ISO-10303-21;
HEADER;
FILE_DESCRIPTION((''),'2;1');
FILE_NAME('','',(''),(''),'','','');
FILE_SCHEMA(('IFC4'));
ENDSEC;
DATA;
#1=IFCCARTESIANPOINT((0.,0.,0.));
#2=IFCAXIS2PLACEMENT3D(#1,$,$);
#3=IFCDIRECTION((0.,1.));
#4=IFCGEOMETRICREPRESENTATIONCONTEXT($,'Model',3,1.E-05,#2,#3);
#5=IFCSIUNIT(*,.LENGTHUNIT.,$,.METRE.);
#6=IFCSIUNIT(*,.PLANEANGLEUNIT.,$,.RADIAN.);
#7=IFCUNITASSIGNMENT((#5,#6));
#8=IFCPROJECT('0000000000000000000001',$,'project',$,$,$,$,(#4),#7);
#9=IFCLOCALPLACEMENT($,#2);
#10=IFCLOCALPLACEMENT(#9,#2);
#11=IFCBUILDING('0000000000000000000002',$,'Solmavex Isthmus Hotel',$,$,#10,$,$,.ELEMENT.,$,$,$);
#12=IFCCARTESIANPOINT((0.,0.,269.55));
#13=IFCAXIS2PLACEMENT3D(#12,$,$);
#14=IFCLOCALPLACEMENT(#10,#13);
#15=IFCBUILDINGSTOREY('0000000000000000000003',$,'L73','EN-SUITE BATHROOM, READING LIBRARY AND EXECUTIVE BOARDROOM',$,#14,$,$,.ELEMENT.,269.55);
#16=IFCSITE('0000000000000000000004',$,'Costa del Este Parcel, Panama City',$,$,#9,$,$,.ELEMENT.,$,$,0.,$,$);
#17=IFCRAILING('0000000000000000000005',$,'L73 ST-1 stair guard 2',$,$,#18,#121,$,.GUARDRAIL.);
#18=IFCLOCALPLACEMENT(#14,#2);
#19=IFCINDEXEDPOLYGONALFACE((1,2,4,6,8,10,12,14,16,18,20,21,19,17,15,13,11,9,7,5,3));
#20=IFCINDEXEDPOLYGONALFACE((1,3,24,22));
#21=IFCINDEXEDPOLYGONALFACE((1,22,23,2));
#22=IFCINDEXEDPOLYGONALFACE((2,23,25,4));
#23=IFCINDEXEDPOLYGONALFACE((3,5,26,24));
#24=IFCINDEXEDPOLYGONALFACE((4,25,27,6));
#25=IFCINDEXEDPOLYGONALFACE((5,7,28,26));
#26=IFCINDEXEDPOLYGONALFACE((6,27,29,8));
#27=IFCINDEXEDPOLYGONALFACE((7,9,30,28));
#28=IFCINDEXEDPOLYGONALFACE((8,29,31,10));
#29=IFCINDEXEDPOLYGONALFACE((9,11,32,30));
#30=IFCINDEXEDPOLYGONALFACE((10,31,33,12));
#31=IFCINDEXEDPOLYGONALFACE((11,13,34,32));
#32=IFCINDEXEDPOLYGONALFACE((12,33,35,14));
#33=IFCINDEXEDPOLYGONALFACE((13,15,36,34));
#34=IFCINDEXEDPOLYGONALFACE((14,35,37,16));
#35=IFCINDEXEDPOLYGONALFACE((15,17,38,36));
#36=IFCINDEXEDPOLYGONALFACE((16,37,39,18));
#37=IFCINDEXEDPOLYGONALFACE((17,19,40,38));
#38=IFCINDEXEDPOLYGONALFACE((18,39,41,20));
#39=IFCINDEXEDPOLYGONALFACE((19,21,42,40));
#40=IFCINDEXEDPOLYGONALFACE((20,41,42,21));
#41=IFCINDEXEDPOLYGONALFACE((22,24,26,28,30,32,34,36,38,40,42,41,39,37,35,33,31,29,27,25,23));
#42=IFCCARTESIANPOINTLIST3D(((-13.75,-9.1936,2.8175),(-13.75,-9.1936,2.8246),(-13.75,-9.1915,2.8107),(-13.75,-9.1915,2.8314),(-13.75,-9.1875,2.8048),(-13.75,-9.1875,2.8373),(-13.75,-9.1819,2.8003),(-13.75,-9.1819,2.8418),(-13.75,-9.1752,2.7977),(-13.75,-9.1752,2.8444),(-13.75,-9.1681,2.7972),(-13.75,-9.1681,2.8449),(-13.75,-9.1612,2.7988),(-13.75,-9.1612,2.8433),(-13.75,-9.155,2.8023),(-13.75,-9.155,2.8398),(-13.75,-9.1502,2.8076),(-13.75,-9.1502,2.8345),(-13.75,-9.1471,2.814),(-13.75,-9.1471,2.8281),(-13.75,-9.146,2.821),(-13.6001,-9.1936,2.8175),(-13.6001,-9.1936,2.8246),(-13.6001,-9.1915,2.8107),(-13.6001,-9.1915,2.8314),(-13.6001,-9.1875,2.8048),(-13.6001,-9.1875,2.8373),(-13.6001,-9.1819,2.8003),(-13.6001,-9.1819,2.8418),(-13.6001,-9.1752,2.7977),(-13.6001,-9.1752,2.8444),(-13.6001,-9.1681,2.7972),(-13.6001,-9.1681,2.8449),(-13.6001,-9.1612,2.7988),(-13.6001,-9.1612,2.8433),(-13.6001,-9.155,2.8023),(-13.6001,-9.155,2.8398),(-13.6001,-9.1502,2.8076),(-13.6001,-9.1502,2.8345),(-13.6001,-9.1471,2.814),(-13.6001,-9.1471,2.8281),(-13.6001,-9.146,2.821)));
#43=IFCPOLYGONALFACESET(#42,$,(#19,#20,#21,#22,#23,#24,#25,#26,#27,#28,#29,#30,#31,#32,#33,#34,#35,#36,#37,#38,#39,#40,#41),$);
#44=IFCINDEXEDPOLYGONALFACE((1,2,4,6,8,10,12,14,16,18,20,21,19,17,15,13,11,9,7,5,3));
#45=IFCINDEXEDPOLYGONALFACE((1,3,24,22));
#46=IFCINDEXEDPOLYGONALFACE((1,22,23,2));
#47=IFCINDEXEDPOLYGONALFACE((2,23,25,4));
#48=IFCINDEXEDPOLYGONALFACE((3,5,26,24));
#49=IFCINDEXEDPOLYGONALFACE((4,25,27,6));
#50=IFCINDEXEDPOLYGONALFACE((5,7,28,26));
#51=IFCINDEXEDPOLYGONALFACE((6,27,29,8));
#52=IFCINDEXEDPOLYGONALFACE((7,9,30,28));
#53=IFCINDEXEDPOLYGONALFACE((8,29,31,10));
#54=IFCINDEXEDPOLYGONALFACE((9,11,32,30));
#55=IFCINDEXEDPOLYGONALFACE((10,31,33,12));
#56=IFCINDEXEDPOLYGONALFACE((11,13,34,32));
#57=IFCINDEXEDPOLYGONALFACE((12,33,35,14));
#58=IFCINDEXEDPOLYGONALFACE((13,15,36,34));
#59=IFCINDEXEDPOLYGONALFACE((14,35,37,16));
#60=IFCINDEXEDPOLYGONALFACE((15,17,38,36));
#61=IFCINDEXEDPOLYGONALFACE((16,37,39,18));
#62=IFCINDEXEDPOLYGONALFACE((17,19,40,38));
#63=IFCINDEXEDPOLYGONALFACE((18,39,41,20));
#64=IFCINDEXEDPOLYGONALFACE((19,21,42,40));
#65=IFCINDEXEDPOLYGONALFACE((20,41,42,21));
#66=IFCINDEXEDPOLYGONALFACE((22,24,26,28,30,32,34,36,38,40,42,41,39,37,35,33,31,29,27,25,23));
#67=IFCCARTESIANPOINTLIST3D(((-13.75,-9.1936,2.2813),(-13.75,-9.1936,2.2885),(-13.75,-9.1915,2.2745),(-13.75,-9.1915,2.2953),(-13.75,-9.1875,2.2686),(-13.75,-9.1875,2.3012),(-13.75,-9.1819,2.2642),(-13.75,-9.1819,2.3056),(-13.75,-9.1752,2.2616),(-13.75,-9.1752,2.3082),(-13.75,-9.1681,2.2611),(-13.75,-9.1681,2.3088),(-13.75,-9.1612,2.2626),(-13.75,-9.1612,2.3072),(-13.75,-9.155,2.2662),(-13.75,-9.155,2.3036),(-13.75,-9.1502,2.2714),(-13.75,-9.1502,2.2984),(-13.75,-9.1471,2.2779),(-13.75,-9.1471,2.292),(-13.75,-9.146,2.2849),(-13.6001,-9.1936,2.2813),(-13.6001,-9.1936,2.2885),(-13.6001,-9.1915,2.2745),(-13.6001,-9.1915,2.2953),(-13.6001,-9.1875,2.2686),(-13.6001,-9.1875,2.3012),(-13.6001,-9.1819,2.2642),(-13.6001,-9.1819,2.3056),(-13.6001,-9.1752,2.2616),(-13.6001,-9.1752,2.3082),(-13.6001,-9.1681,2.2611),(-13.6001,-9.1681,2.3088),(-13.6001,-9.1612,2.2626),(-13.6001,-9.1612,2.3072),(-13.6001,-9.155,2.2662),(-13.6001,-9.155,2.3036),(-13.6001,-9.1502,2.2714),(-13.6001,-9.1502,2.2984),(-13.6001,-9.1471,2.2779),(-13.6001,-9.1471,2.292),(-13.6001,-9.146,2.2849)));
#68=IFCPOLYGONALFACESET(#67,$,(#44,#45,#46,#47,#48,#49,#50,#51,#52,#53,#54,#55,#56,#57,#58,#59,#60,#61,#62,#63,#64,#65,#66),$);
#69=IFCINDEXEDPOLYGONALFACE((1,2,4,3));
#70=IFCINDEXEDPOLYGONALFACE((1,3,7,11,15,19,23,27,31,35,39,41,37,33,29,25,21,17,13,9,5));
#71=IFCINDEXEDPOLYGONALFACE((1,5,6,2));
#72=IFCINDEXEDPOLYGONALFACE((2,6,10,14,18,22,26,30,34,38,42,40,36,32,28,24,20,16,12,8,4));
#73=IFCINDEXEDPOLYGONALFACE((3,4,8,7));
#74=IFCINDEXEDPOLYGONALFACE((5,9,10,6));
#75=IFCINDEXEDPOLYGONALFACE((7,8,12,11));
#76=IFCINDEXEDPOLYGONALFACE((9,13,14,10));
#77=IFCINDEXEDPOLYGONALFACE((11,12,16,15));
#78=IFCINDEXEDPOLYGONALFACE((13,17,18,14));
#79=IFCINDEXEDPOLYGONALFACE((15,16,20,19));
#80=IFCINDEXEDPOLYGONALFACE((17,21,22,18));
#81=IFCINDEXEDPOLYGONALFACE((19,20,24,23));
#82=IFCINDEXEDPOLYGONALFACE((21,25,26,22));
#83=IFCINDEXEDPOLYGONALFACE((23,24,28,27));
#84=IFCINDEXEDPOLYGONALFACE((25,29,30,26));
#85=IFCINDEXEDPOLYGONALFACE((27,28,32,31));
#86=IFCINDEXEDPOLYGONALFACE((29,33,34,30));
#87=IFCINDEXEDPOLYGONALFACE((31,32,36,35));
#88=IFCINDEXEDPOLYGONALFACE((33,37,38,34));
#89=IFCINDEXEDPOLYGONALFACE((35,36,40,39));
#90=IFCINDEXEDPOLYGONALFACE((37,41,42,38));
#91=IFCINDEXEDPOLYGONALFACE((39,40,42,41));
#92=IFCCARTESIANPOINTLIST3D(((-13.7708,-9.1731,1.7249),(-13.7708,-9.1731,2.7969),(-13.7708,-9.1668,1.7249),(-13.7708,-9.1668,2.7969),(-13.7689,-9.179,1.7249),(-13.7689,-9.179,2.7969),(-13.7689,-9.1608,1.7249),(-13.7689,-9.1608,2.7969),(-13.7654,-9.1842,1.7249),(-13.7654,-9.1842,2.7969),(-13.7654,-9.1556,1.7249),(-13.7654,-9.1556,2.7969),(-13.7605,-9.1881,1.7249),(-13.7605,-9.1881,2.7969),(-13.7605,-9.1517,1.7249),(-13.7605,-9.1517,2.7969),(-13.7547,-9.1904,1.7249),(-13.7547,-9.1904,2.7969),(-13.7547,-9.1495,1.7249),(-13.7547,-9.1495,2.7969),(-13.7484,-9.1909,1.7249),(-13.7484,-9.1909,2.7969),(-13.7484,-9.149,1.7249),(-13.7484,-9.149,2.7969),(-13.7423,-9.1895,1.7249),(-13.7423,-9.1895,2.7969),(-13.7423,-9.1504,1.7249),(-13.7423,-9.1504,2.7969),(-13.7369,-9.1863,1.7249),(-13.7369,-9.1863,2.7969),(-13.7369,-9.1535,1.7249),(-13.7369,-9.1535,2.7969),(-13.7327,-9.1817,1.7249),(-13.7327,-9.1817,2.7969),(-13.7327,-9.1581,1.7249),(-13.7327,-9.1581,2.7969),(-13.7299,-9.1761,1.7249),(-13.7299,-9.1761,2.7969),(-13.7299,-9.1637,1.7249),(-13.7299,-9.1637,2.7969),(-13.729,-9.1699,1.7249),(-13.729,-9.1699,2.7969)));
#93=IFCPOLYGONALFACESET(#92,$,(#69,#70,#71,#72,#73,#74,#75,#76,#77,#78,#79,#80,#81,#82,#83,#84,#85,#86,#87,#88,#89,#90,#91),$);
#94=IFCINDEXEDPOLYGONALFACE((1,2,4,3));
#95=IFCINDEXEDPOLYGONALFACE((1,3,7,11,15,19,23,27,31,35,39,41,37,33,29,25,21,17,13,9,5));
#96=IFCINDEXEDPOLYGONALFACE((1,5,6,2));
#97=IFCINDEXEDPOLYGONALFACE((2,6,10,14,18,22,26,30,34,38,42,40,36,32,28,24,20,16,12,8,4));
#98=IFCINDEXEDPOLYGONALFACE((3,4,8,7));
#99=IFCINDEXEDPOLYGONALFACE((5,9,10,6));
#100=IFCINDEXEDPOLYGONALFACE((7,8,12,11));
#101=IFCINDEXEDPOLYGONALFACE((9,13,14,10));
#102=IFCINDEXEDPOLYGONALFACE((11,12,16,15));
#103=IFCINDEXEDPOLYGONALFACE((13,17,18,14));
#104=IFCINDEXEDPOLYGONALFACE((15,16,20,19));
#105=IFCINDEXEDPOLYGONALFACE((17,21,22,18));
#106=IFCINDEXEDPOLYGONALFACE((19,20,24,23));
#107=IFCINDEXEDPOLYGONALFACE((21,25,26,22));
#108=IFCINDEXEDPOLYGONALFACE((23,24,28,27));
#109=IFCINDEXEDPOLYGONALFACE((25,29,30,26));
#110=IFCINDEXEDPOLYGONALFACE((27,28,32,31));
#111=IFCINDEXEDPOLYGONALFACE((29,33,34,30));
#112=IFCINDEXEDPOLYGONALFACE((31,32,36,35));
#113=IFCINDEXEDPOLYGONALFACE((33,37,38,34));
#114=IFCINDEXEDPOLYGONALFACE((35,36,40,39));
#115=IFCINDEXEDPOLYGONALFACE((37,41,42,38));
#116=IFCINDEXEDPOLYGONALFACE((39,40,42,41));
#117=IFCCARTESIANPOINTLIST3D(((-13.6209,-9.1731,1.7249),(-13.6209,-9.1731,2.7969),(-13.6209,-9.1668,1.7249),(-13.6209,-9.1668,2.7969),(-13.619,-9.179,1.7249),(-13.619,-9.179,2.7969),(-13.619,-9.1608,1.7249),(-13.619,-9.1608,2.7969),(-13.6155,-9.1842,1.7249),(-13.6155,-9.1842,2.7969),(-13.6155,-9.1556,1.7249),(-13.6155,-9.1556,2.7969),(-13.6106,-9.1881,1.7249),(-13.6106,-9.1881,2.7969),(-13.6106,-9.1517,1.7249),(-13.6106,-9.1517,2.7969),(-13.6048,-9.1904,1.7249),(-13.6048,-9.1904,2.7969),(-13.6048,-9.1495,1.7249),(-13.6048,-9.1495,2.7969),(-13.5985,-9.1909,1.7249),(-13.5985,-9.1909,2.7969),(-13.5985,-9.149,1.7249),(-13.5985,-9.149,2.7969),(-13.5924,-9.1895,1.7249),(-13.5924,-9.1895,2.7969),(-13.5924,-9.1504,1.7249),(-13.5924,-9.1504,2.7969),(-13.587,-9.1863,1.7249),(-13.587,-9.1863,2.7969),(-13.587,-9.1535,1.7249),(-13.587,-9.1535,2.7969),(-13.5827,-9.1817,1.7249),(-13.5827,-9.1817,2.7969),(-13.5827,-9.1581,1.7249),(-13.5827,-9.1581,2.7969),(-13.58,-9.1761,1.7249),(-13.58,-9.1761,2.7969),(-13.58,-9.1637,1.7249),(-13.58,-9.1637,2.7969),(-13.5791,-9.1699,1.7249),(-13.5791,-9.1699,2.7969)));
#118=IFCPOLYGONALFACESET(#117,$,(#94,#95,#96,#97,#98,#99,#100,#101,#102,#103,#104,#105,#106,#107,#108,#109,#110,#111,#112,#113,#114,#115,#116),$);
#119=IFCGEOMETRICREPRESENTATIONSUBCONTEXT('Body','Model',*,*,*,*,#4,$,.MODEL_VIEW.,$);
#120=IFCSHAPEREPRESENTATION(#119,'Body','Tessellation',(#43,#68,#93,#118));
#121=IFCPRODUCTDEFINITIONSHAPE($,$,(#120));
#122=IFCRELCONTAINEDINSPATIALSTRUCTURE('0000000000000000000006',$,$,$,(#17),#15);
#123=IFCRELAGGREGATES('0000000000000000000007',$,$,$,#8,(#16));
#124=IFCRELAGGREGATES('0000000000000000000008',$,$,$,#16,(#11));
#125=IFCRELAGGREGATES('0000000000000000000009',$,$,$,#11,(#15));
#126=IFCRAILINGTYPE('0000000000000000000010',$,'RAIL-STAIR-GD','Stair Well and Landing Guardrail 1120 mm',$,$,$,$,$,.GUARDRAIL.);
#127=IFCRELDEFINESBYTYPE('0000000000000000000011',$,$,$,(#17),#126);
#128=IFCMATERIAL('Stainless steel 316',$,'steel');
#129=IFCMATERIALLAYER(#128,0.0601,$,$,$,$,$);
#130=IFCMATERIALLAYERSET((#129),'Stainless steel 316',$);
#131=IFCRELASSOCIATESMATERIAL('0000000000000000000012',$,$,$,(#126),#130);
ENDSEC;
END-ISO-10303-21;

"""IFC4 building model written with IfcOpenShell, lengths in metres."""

from ifc_helpers import new_model, si_unit, direction, frame, origin, origin_2d, place, context, subcontext, project, spatial, circle, extrude, material, layer, layer_set, type_object, element, save


model = new_model("IFC4")

# Units and contexts
model_context = context("Model", 3, precision=1e-05, world=origin(), true_north=direction((0.0, 1.0)))
body_context = subcontext(model_context, "Body", "Model", "MODEL_VIEW")
ifc_project = project(units=[si_unit("LENGTHUNIT", "METRE"), si_unit("PLANEANGLEUNIT", "RADIAN")], contexts=[model_context])

# Site, building, storey
site_placement = place(None, origin())
site = spatial("IfcSite", under=ifc_project, at=site_placement, Name="Costa del Este Parcel, Panama City", CompositionType="ELEMENT", RefElevation=0.0)
building_placement = place(site_placement, origin())
building = spatial("IfcBuilding", under=site, at=building_placement, Name="Solmavex Isthmus Hotel", CompositionType="ELEMENT")
storey_placement = place(building_placement, frame((0.0, 0.0, 269.55)))
storey = spatial("IfcBuildingStorey", under=building, at=storey_placement, Name="L73", Description="EN-SUITE BATHROOM, READING LIBRARY AND EXECUTIVE BOARDROOM", CompositionType="ELEMENT", Elevation=269.55)

# Shared definitions
ifc_material_1 = material(Name="Stainless steel 316", Category="steel")

# Railing
ifc_layer_1 = layer(ifc_material_1, 0.0601)
ifc_layer_set_1 = layer_set([ifc_layer_1], Name="Stainless steel 316")
railing_type_1 = type_object("IfcRailingType", Name="RAIL-STAIR-GD", Description="Stair Well and Landing Guardrail 1120 mm", PredefinedType="GUARDRAIL", material=ifc_layer_set_1)
railing_1_placement = place(storey_placement, frame((-13.75, -9.1699, 1.7249)))
element("IfcRailing", 1, at=railing_1_placement, inside=storey, type_object=railing_type_1, Name="L73 ST-1 stair guard 2", PredefinedType="GUARDRAIL", context=body_context, shape_type="SweptSolid", body=[
    extrude(circle(Radius=0.0239, at=origin_2d()), frame((0.0, 0.0, 1.0962), z_axis=(1.0, 0.0, 0.0), x_axis=(0.0, 1.0, 0.0)), (0.0, 0.0, 1.0), 0.1499),
    extrude(circle(Radius=0.0239, at=origin_2d()), frame((0.0, 0.0, 0.5601), z_axis=(1.0, 0.0, 0.0), x_axis=(0.0, 1.0, 0.0)), (0.0, 0.0, 1.0), 0.1499),
    extrude(circle(Radius=0.021, at=origin_2d()), origin(), (0.0, 0.0, 1.0), 1.072),
    extrude(circle(Radius=0.021, at=origin_2d()), frame((0.1499, 0.0, 0.0)), (0.0, 0.0, 1.0), 1.072),
])

save(model, "model.ifc")
